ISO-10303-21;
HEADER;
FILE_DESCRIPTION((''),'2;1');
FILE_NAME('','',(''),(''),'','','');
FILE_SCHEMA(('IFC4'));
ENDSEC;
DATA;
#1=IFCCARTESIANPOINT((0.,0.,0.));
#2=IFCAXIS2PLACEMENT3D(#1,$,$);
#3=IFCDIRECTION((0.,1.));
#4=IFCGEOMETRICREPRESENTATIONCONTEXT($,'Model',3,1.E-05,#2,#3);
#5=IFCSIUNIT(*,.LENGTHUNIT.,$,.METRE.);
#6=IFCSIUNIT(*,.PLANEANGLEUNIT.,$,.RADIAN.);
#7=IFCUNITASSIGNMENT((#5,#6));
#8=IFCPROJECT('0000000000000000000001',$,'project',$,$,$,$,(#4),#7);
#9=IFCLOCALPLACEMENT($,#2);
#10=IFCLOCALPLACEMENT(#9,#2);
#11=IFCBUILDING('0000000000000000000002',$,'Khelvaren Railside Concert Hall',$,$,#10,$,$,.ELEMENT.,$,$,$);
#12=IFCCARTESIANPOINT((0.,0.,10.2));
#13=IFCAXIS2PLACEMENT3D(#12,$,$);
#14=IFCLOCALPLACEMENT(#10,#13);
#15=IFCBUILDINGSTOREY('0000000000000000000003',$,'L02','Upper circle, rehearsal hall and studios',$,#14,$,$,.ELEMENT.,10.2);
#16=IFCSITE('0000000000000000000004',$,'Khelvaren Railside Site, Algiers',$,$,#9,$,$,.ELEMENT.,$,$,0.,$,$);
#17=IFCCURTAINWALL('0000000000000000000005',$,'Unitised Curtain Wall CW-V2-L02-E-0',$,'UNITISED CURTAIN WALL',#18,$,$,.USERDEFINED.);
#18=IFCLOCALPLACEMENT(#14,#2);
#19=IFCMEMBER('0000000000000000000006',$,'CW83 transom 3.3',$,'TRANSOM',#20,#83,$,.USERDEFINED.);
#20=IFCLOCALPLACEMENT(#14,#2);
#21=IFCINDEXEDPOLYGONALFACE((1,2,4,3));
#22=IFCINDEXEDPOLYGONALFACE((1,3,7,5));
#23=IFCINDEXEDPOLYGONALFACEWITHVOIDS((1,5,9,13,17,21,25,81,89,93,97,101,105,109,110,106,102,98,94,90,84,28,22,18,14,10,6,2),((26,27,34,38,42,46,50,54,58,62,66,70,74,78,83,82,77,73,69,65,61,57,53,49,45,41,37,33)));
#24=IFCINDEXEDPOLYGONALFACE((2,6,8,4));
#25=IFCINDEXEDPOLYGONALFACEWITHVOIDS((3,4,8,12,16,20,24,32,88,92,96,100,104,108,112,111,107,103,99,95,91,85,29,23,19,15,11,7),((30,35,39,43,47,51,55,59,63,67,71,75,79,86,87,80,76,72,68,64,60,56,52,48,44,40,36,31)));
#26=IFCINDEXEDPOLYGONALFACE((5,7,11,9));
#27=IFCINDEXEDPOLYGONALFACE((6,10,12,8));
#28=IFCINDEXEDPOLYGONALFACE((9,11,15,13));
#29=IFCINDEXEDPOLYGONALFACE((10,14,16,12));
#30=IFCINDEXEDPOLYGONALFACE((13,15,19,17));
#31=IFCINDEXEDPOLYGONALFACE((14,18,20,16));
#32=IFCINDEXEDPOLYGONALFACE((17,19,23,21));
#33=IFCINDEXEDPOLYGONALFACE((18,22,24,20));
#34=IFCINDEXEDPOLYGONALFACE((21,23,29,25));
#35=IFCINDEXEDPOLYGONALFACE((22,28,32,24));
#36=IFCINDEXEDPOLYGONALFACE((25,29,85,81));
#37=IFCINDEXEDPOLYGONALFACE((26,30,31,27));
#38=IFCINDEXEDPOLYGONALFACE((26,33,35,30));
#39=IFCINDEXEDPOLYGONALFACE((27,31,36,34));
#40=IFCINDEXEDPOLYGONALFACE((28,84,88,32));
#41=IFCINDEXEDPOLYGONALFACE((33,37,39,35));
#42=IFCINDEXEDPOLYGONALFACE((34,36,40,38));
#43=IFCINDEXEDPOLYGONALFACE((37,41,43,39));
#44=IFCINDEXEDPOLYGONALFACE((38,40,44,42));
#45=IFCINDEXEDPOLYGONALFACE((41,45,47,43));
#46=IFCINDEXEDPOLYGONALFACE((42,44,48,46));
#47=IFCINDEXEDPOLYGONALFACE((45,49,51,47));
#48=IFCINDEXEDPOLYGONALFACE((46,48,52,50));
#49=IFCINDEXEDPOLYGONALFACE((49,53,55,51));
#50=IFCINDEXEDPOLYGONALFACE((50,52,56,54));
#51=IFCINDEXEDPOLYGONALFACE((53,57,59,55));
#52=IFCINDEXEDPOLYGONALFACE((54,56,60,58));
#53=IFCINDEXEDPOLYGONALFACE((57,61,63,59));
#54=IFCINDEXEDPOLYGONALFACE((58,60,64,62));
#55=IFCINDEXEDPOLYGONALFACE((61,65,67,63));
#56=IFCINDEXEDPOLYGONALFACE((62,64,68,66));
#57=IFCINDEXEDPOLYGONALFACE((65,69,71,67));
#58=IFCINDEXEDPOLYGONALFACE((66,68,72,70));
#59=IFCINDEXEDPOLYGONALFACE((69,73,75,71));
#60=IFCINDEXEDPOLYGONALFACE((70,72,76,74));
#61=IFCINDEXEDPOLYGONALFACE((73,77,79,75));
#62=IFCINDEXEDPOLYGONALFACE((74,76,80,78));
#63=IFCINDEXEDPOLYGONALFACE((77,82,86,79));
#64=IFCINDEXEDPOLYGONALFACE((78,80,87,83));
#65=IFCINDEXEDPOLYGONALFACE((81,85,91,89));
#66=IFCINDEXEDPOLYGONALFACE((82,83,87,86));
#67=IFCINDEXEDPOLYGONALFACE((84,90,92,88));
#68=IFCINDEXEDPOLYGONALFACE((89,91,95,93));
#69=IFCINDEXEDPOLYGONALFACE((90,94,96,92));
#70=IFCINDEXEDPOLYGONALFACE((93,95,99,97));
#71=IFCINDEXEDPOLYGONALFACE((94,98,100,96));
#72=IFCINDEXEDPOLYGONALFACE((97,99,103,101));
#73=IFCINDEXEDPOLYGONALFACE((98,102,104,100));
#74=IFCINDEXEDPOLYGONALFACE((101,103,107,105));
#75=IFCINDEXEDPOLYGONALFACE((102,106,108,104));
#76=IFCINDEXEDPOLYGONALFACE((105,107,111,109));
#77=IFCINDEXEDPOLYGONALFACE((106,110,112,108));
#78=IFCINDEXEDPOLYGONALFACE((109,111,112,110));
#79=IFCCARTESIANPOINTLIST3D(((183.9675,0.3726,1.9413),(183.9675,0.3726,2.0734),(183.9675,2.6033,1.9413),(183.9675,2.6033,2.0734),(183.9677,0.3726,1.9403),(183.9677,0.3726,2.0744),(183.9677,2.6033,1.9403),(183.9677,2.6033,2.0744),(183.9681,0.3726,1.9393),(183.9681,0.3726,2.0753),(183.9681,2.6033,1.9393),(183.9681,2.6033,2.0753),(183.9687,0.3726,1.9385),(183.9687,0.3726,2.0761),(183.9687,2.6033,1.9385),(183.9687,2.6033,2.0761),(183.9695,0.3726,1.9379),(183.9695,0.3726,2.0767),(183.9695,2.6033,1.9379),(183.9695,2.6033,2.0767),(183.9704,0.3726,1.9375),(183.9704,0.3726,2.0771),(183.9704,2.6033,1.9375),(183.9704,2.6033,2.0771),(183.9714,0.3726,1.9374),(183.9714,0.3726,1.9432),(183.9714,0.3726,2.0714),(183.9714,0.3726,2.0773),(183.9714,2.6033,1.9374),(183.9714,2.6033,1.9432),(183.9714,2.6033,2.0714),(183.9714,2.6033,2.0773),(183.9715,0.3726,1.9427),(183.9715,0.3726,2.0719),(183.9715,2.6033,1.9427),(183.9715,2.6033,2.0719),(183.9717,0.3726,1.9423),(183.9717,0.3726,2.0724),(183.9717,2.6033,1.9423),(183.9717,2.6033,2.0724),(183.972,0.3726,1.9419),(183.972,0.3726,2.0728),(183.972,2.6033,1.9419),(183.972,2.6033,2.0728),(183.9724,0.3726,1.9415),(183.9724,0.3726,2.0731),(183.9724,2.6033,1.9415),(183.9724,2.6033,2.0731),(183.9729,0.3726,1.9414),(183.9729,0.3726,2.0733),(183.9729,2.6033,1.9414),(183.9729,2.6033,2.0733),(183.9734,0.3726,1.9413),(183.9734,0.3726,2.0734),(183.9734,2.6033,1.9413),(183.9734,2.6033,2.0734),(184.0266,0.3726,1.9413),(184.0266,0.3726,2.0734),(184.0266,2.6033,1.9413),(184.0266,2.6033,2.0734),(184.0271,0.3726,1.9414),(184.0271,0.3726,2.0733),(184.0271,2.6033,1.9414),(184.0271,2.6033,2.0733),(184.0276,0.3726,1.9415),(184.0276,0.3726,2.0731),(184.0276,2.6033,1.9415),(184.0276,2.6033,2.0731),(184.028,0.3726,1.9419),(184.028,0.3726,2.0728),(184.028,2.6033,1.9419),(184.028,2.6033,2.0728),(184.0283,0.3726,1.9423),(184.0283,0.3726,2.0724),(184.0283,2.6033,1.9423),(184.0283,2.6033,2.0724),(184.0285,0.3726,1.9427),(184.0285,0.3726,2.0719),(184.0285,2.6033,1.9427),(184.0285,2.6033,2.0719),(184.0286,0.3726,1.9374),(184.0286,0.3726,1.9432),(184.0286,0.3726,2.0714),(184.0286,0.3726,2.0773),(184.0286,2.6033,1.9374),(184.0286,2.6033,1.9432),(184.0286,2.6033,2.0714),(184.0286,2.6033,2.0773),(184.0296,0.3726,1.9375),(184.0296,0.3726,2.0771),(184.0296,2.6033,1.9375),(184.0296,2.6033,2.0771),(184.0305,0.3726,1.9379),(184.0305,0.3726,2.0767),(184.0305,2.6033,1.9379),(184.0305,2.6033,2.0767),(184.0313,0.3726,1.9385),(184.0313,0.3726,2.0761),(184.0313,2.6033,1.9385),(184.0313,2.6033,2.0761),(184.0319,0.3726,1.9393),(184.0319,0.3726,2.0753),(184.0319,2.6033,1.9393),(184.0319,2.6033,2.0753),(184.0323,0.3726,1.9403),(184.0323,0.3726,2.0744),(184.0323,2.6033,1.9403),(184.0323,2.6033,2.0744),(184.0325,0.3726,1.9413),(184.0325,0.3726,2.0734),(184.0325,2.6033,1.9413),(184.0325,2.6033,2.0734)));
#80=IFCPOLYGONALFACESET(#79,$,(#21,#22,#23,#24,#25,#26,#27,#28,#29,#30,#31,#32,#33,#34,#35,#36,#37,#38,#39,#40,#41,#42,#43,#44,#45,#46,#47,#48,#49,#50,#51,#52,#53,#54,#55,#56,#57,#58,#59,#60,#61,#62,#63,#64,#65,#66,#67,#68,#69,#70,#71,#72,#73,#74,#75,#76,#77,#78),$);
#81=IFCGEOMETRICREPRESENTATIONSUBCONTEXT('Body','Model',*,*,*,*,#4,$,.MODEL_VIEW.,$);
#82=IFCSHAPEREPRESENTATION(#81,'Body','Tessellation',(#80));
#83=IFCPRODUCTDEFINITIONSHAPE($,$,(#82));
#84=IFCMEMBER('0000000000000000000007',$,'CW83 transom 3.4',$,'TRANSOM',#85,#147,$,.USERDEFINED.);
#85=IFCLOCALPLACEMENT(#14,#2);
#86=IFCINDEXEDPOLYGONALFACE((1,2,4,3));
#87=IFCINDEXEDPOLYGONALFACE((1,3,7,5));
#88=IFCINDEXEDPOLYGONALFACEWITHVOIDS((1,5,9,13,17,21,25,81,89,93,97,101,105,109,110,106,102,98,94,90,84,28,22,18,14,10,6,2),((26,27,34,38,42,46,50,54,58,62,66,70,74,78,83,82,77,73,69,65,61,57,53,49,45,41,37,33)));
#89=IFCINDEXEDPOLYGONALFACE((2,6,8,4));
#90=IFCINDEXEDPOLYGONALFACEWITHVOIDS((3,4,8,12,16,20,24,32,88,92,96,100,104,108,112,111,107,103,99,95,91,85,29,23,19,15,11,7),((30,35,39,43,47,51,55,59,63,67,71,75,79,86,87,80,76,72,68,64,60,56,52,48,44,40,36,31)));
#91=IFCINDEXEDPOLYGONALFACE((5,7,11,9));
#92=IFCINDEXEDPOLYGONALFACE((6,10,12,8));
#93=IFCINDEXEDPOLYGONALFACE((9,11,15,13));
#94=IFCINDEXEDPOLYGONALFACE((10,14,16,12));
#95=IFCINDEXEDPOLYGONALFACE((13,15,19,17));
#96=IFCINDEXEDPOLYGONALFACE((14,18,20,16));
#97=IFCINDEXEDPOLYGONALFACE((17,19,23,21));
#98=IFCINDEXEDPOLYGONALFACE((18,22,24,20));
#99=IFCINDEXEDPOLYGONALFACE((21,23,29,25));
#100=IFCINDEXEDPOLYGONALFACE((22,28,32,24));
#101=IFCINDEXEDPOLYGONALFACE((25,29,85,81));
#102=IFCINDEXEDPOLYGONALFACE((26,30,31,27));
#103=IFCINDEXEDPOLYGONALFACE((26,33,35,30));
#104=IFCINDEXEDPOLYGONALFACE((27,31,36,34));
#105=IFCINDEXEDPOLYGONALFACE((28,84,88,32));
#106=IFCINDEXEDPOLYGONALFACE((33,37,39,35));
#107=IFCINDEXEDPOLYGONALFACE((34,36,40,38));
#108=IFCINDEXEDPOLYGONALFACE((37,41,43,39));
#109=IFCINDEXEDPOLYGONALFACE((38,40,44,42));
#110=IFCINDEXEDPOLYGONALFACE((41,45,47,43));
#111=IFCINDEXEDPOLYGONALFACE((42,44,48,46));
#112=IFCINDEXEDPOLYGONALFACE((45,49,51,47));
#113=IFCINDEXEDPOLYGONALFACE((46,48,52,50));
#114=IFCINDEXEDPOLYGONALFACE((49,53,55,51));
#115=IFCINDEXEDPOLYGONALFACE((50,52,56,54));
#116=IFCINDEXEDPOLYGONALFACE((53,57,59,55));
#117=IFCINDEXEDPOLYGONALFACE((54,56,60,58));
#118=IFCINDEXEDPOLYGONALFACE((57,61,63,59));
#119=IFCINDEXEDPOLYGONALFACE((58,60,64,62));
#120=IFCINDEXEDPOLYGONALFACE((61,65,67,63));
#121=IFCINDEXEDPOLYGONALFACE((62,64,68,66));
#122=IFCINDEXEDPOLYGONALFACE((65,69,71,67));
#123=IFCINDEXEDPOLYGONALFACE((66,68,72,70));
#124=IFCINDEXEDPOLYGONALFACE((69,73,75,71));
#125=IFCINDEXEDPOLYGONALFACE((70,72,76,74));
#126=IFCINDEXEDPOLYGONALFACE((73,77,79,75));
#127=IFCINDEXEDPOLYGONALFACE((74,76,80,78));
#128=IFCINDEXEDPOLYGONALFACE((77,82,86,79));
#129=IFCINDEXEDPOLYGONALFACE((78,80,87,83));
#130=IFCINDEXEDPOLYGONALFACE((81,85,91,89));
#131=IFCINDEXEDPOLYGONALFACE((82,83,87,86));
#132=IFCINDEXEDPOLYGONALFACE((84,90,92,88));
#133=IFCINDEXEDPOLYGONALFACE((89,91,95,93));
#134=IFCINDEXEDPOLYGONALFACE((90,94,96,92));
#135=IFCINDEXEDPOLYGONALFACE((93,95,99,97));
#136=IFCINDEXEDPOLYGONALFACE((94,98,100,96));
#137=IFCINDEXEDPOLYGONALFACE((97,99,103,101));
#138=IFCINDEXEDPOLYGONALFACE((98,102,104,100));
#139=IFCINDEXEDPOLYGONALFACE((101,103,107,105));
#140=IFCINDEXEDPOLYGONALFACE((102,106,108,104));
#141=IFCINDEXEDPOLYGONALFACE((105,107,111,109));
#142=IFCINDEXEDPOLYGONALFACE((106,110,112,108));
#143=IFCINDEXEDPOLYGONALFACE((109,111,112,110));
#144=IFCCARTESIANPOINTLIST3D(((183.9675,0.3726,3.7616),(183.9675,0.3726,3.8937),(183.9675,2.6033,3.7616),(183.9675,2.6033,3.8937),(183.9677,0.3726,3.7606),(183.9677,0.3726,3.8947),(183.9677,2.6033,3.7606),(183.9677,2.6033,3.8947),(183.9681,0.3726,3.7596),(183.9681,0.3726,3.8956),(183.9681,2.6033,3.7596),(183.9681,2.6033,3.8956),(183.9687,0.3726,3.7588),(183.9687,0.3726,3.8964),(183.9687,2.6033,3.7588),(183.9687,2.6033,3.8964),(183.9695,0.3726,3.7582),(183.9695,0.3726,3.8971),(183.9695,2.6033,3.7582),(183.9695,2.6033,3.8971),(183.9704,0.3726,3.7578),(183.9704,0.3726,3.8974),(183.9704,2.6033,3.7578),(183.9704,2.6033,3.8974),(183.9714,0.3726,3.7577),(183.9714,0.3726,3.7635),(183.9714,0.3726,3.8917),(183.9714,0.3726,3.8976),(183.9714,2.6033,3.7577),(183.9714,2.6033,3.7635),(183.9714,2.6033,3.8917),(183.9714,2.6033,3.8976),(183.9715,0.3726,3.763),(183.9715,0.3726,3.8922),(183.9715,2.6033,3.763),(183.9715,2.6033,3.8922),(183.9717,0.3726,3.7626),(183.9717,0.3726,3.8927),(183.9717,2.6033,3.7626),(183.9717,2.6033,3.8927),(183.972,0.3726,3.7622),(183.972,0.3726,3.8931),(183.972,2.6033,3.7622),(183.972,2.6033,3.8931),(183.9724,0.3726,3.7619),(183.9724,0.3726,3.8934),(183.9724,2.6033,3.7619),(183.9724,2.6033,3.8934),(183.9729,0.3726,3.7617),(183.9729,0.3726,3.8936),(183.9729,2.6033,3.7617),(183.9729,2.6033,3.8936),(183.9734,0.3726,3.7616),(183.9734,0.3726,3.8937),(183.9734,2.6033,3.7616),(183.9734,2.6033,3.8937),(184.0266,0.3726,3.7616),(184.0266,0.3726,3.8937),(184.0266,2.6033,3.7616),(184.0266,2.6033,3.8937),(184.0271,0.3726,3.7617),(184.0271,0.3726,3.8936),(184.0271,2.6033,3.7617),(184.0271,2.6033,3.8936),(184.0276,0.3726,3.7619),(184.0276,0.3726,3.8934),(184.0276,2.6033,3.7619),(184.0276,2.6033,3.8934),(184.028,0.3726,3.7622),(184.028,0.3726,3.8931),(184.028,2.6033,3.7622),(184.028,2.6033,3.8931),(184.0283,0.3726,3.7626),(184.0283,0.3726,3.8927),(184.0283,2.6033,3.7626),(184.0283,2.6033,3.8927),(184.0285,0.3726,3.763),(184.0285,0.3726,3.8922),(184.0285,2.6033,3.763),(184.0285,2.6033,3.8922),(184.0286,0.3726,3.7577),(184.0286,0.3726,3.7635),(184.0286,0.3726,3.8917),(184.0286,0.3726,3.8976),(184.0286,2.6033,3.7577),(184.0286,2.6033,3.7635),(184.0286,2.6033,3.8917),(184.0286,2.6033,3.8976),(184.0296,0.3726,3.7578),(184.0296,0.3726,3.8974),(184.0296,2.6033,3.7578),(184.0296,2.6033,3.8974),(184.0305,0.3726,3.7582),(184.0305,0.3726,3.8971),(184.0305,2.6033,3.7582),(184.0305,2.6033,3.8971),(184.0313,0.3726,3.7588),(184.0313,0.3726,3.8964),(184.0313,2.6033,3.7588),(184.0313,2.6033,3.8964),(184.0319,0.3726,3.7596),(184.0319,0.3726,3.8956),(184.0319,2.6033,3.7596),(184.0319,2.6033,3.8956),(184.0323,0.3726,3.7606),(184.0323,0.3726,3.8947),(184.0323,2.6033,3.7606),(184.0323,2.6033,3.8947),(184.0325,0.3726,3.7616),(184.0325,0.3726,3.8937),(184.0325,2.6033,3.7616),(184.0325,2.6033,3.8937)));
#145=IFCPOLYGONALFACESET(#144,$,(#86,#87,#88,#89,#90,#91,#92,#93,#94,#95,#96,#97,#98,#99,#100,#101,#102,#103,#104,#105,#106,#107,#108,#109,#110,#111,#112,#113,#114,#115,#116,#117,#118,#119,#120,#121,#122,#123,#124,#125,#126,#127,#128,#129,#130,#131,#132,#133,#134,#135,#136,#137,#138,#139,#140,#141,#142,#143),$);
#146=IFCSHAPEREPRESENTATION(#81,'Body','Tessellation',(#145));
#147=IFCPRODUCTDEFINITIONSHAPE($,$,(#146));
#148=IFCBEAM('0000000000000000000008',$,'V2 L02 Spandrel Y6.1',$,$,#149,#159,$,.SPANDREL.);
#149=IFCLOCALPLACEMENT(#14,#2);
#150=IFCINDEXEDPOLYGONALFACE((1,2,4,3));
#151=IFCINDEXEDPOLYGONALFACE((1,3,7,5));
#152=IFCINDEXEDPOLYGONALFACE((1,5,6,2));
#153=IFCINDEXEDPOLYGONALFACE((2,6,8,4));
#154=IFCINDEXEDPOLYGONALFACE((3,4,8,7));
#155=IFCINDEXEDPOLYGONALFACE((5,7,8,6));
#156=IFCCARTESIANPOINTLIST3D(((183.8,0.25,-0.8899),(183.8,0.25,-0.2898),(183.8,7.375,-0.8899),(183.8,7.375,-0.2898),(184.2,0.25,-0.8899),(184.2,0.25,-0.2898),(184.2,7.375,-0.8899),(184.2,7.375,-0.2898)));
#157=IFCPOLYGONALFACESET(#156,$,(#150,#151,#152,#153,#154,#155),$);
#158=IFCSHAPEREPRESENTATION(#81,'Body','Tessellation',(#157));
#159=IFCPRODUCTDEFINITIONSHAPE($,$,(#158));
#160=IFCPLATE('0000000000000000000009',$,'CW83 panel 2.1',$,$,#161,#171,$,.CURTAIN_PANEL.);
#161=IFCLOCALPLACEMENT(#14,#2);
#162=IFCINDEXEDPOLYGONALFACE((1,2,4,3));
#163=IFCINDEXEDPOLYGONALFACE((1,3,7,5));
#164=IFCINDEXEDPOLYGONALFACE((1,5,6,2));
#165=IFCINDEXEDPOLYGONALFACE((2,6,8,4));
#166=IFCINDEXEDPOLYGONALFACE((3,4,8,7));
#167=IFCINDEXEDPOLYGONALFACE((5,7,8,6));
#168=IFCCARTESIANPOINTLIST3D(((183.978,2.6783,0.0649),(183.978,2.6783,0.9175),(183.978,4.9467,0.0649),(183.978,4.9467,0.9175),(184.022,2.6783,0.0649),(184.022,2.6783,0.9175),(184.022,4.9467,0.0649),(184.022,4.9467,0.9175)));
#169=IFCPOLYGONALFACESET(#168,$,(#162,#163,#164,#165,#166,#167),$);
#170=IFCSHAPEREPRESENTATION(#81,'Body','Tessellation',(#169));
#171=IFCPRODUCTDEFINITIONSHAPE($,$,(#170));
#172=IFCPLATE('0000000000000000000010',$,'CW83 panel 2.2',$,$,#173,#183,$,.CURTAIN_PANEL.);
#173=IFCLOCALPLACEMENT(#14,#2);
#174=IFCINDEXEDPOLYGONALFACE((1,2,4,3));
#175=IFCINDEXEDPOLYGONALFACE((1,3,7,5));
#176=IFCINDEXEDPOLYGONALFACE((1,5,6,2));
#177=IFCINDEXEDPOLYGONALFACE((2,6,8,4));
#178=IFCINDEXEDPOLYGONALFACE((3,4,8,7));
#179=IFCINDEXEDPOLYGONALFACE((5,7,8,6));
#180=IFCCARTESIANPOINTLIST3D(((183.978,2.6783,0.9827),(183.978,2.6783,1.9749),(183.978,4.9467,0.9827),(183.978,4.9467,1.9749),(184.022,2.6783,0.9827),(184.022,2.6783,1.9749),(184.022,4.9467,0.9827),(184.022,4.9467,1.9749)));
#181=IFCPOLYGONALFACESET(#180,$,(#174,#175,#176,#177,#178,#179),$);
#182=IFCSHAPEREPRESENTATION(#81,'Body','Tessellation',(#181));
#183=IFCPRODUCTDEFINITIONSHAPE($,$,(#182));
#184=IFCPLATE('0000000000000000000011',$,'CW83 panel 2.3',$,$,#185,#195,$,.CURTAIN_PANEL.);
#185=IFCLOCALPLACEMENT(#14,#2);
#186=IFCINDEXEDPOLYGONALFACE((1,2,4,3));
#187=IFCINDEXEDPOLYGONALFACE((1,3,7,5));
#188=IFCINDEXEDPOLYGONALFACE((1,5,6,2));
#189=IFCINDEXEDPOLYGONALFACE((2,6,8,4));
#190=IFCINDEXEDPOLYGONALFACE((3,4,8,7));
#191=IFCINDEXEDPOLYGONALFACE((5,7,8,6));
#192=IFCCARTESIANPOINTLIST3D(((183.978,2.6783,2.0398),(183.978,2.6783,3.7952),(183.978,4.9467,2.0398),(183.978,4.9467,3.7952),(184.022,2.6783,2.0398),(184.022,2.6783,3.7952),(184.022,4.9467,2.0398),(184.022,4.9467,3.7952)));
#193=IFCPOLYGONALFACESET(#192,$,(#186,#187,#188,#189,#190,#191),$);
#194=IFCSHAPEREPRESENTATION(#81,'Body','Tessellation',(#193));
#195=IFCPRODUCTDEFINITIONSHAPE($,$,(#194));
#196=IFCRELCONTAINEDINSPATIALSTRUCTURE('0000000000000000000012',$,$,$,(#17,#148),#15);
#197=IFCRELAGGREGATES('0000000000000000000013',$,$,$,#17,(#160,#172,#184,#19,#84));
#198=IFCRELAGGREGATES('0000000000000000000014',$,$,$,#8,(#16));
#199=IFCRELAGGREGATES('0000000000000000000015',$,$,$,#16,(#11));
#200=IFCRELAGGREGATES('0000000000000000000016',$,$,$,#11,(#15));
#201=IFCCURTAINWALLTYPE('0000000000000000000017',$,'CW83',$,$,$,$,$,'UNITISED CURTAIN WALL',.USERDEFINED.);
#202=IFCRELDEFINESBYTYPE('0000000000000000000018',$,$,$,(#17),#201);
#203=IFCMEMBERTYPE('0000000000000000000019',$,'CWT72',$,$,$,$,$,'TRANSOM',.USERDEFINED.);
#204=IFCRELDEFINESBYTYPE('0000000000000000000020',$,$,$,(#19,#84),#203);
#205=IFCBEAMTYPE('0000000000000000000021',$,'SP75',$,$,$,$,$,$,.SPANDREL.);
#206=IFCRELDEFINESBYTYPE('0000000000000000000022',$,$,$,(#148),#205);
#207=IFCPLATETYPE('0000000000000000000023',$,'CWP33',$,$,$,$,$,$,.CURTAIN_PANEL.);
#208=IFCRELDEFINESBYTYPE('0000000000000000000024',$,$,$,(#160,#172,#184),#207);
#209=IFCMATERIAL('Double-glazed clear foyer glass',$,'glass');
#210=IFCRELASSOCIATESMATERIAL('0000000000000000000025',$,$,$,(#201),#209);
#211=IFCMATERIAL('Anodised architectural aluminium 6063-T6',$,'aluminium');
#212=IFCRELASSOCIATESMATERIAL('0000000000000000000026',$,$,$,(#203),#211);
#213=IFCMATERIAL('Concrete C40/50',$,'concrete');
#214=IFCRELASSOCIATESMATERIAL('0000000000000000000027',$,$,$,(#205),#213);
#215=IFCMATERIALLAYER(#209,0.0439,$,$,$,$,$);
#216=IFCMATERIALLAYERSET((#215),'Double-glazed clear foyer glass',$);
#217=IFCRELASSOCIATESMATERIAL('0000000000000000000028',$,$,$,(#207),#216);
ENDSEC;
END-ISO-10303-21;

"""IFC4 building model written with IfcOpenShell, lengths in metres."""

from ifc_helpers import new_model, si_unit, direction, frame, origin, origin_2d, place, context, subcontext, project, spatial, rectangle, hollow_rectangle, extrude, material, layer, layer_set, material_profile, profile_set, type_object, element, aggregate, save


model = new_model("IFC4")

# Units and contexts
model_context = context("Model", 3, precision=1e-05, world=origin(), true_north=direction((0.0, 1.0)))
body_context = subcontext(model_context, "Body", "Model", "MODEL_VIEW")
ifc_project = project(units=[si_unit("LENGTHUNIT", "METRE"), si_unit("PLANEANGLEUNIT", "RADIAN")], contexts=[model_context])

# Site, building, storey
site_placement = place(None, origin())
site = spatial("IfcSite", under=ifc_project, at=site_placement, Name="Khelvaren Railside Site, Algiers", CompositionType="ELEMENT", RefElevation=0.0)
building_placement = place(site_placement, origin())
building = spatial("IfcBuilding", under=site, at=building_placement, Name="Khelvaren Railside Concert Hall", CompositionType="ELEMENT")
storey_placement = place(building_placement, frame((0.0, 0.0, 10.2)))
storey = spatial("IfcBuildingStorey", under=building, at=storey_placement, Name="L02", Description="Upper circle, rehearsal hall and studios", CompositionType="ELEMENT", Elevation=10.2)

# Shared definitions
ifc_material_1 = material(Name="Double-glazed clear foyer glass", Category="glass")
curtain_wall_type = type_object("IfcCurtainWallType", Name="CW83", ElementType="UNITISED CURTAIN WALL", PredefinedType="USERDEFINED", material=ifc_material_1)
ifc_material_2 = material(Name="Anodised architectural aluminium 6063-T6", Category="aluminium")

# Curtain wall
curtain_wall_1_placement = place(storey_placement, origin())
curtain_wall_1 = element("IfcCurtainWall", 1, at=curtain_wall_1_placement, inside=storey, type_object=curtain_wall_type, Name="Unitised Curtain Wall CW-V2-L02-E-0", ObjectType="UNITISED CURTAIN WALL", PredefinedType="USERDEFINED")

# Members
ifc_material_profile_1 = material_profile(ifc_material_2, hollow_rectangle(XDim=0.0649, YDim=0.1399, WallThickness=0.0039, InnerFilletRadius=0.002, OuterFilletRadius=0.0039, at=origin_2d()), Name="CWT 65x140x4")
ifc_profile_set_1 = profile_set([ifc_material_profile_1], Name="Anodised architectural aluminium 6063-T6")
member_type_1 = type_object("IfcMemberType", Name="CWT72", ElementType="TRANSOM", PredefinedType="USERDEFINED", material=ifc_profile_set_1)
member_1_placement = place(storey_placement, frame((184.0, 2.6033, 2.0073), z_axis=(0.0, -1.0, 0.0), x_axis=(1.0, 0.0, 0.0)))
member_1 = element("IfcMember", 2, at=member_1_placement, type_object=member_type_1, Name="CW83 transom 3.3", ObjectType="TRANSOM", PredefinedType="USERDEFINED", context=body_context, shape_type="SweptSolid", body=[
    extrude(hollow_rectangle(XDim=0.0649, YDim=0.1399, WallThickness=0.0039, InnerFilletRadius=0.002, OuterFilletRadius=0.0039, at=origin_2d()), origin(), (0.0, 0.0, 1.0), 2.2307),
])
member_2_placement = place(storey_placement, frame((184.0, 2.6033, 3.8276), z_axis=(0.0, -1.0, 0.0), x_axis=(1.0, 0.0, 0.0)))
member_2 = element("IfcMember", 3, at=member_2_placement, type_object=member_type_1, Name="CW83 transom 3.4", ObjectType="TRANSOM", PredefinedType="USERDEFINED", context=body_context, shape_type="SweptSolid", body=[
    extrude(hollow_rectangle(XDim=0.0649, YDim=0.1399, WallThickness=0.0039, InnerFilletRadius=0.002, OuterFilletRadius=0.0039, at=origin_2d()), origin(), (0.0, 0.0, 1.0), 2.2307),
])

# Beam
ifc_material_3 = material(Name="Concrete C40/50", Category="concrete")
ifc_material_profile_2 = material_profile(ifc_material_3, rectangle(XDim=0.3999, YDim=0.6001, at=origin_2d()), Name="RCB 400x600")
ifc_profile_set_2 = profile_set([ifc_material_profile_2], Name="Concrete C40/50")
beam_type = type_object("IfcBeamType", Name="SP75", PredefinedType="SPANDREL", material=ifc_profile_set_2)
beam_placement = place(storey_placement, frame((184.0, 0.25, -0.5898), z_axis=(0.0, 1.0, 0.0), x_axis=(-1.0, 0.0, 0.0)))
element("IfcBeam", 4, at=beam_placement, inside=storey, type_object=beam_type, Name="V2 L02 Spandrel Y6.1", PredefinedType="SPANDREL", context=body_context, shape_type="SweptSolid", body=[
    extrude(rectangle(XDim=0.3999, YDim=0.6001, at=origin_2d()), origin(), (0.0, 0.0, 1.0), 7.125),
])

# Plates
ifc_layer = layer(ifc_material_1, 0.0439)
ifc_layer_set = layer_set([ifc_layer], Name="Double-glazed clear foyer glass")
plate_type = type_object("IfcPlateType", Name="CWP33", PredefinedType="CURTAIN_PANEL", material=ifc_layer_set)
plate_1_placement = place(storey_placement, frame((184.0, 3.8125, 0.0649), z_axis=(0.0, 0.0, 1.0), x_axis=(0.0, -1.0, 0.0)))
plate_1 = element("IfcPlate", 5, at=plate_1_placement, type_object=plate_type, Name="CW83 panel 2.1", PredefinedType="CURTAIN_PANEL", context=body_context, shape_type="SweptSolid", body=[
    extrude(rectangle(XDim=2.2683, YDim=0.0439, at=origin_2d()), origin(), (0.0, 0.0, 1.0), 0.8525),
])
plate_2_placement = place(storey_placement, frame((184.0, 3.8125, 0.9827), z_axis=(0.0, 0.0, 1.0), x_axis=(0.0, -1.0, 0.0)))
plate_2 = element("IfcPlate", 6, at=plate_2_placement, type_object=plate_type, Name="CW83 panel 2.2", PredefinedType="CURTAIN_PANEL", context=body_context, shape_type="SweptSolid", body=[
    extrude(rectangle(XDim=2.2683, YDim=0.0439, at=origin_2d()), origin(), (0.0, 0.0, 1.0), 0.9922),
])
plate_3_placement = place(storey_placement, frame((184.0, 3.8125, 2.0398), z_axis=(0.0, 0.0, 1.0), x_axis=(0.0, -1.0, 0.0)))
plate_3 = element("IfcPlate", 7, at=plate_3_placement, type_object=plate_type, Name="CW83 panel 2.3", PredefinedType="CURTAIN_PANEL", context=body_context, shape_type="SweptSolid", body=[
    extrude(rectangle(XDim=2.2683, YDim=0.0439, at=origin_2d()), origin(), (0.0, 0.0, 1.0), 1.7554),
])
aggregate(curtain_wall_1, [plate_1, plate_2, plate_3, member_1, member_2])

save(model, "model.ifc")
